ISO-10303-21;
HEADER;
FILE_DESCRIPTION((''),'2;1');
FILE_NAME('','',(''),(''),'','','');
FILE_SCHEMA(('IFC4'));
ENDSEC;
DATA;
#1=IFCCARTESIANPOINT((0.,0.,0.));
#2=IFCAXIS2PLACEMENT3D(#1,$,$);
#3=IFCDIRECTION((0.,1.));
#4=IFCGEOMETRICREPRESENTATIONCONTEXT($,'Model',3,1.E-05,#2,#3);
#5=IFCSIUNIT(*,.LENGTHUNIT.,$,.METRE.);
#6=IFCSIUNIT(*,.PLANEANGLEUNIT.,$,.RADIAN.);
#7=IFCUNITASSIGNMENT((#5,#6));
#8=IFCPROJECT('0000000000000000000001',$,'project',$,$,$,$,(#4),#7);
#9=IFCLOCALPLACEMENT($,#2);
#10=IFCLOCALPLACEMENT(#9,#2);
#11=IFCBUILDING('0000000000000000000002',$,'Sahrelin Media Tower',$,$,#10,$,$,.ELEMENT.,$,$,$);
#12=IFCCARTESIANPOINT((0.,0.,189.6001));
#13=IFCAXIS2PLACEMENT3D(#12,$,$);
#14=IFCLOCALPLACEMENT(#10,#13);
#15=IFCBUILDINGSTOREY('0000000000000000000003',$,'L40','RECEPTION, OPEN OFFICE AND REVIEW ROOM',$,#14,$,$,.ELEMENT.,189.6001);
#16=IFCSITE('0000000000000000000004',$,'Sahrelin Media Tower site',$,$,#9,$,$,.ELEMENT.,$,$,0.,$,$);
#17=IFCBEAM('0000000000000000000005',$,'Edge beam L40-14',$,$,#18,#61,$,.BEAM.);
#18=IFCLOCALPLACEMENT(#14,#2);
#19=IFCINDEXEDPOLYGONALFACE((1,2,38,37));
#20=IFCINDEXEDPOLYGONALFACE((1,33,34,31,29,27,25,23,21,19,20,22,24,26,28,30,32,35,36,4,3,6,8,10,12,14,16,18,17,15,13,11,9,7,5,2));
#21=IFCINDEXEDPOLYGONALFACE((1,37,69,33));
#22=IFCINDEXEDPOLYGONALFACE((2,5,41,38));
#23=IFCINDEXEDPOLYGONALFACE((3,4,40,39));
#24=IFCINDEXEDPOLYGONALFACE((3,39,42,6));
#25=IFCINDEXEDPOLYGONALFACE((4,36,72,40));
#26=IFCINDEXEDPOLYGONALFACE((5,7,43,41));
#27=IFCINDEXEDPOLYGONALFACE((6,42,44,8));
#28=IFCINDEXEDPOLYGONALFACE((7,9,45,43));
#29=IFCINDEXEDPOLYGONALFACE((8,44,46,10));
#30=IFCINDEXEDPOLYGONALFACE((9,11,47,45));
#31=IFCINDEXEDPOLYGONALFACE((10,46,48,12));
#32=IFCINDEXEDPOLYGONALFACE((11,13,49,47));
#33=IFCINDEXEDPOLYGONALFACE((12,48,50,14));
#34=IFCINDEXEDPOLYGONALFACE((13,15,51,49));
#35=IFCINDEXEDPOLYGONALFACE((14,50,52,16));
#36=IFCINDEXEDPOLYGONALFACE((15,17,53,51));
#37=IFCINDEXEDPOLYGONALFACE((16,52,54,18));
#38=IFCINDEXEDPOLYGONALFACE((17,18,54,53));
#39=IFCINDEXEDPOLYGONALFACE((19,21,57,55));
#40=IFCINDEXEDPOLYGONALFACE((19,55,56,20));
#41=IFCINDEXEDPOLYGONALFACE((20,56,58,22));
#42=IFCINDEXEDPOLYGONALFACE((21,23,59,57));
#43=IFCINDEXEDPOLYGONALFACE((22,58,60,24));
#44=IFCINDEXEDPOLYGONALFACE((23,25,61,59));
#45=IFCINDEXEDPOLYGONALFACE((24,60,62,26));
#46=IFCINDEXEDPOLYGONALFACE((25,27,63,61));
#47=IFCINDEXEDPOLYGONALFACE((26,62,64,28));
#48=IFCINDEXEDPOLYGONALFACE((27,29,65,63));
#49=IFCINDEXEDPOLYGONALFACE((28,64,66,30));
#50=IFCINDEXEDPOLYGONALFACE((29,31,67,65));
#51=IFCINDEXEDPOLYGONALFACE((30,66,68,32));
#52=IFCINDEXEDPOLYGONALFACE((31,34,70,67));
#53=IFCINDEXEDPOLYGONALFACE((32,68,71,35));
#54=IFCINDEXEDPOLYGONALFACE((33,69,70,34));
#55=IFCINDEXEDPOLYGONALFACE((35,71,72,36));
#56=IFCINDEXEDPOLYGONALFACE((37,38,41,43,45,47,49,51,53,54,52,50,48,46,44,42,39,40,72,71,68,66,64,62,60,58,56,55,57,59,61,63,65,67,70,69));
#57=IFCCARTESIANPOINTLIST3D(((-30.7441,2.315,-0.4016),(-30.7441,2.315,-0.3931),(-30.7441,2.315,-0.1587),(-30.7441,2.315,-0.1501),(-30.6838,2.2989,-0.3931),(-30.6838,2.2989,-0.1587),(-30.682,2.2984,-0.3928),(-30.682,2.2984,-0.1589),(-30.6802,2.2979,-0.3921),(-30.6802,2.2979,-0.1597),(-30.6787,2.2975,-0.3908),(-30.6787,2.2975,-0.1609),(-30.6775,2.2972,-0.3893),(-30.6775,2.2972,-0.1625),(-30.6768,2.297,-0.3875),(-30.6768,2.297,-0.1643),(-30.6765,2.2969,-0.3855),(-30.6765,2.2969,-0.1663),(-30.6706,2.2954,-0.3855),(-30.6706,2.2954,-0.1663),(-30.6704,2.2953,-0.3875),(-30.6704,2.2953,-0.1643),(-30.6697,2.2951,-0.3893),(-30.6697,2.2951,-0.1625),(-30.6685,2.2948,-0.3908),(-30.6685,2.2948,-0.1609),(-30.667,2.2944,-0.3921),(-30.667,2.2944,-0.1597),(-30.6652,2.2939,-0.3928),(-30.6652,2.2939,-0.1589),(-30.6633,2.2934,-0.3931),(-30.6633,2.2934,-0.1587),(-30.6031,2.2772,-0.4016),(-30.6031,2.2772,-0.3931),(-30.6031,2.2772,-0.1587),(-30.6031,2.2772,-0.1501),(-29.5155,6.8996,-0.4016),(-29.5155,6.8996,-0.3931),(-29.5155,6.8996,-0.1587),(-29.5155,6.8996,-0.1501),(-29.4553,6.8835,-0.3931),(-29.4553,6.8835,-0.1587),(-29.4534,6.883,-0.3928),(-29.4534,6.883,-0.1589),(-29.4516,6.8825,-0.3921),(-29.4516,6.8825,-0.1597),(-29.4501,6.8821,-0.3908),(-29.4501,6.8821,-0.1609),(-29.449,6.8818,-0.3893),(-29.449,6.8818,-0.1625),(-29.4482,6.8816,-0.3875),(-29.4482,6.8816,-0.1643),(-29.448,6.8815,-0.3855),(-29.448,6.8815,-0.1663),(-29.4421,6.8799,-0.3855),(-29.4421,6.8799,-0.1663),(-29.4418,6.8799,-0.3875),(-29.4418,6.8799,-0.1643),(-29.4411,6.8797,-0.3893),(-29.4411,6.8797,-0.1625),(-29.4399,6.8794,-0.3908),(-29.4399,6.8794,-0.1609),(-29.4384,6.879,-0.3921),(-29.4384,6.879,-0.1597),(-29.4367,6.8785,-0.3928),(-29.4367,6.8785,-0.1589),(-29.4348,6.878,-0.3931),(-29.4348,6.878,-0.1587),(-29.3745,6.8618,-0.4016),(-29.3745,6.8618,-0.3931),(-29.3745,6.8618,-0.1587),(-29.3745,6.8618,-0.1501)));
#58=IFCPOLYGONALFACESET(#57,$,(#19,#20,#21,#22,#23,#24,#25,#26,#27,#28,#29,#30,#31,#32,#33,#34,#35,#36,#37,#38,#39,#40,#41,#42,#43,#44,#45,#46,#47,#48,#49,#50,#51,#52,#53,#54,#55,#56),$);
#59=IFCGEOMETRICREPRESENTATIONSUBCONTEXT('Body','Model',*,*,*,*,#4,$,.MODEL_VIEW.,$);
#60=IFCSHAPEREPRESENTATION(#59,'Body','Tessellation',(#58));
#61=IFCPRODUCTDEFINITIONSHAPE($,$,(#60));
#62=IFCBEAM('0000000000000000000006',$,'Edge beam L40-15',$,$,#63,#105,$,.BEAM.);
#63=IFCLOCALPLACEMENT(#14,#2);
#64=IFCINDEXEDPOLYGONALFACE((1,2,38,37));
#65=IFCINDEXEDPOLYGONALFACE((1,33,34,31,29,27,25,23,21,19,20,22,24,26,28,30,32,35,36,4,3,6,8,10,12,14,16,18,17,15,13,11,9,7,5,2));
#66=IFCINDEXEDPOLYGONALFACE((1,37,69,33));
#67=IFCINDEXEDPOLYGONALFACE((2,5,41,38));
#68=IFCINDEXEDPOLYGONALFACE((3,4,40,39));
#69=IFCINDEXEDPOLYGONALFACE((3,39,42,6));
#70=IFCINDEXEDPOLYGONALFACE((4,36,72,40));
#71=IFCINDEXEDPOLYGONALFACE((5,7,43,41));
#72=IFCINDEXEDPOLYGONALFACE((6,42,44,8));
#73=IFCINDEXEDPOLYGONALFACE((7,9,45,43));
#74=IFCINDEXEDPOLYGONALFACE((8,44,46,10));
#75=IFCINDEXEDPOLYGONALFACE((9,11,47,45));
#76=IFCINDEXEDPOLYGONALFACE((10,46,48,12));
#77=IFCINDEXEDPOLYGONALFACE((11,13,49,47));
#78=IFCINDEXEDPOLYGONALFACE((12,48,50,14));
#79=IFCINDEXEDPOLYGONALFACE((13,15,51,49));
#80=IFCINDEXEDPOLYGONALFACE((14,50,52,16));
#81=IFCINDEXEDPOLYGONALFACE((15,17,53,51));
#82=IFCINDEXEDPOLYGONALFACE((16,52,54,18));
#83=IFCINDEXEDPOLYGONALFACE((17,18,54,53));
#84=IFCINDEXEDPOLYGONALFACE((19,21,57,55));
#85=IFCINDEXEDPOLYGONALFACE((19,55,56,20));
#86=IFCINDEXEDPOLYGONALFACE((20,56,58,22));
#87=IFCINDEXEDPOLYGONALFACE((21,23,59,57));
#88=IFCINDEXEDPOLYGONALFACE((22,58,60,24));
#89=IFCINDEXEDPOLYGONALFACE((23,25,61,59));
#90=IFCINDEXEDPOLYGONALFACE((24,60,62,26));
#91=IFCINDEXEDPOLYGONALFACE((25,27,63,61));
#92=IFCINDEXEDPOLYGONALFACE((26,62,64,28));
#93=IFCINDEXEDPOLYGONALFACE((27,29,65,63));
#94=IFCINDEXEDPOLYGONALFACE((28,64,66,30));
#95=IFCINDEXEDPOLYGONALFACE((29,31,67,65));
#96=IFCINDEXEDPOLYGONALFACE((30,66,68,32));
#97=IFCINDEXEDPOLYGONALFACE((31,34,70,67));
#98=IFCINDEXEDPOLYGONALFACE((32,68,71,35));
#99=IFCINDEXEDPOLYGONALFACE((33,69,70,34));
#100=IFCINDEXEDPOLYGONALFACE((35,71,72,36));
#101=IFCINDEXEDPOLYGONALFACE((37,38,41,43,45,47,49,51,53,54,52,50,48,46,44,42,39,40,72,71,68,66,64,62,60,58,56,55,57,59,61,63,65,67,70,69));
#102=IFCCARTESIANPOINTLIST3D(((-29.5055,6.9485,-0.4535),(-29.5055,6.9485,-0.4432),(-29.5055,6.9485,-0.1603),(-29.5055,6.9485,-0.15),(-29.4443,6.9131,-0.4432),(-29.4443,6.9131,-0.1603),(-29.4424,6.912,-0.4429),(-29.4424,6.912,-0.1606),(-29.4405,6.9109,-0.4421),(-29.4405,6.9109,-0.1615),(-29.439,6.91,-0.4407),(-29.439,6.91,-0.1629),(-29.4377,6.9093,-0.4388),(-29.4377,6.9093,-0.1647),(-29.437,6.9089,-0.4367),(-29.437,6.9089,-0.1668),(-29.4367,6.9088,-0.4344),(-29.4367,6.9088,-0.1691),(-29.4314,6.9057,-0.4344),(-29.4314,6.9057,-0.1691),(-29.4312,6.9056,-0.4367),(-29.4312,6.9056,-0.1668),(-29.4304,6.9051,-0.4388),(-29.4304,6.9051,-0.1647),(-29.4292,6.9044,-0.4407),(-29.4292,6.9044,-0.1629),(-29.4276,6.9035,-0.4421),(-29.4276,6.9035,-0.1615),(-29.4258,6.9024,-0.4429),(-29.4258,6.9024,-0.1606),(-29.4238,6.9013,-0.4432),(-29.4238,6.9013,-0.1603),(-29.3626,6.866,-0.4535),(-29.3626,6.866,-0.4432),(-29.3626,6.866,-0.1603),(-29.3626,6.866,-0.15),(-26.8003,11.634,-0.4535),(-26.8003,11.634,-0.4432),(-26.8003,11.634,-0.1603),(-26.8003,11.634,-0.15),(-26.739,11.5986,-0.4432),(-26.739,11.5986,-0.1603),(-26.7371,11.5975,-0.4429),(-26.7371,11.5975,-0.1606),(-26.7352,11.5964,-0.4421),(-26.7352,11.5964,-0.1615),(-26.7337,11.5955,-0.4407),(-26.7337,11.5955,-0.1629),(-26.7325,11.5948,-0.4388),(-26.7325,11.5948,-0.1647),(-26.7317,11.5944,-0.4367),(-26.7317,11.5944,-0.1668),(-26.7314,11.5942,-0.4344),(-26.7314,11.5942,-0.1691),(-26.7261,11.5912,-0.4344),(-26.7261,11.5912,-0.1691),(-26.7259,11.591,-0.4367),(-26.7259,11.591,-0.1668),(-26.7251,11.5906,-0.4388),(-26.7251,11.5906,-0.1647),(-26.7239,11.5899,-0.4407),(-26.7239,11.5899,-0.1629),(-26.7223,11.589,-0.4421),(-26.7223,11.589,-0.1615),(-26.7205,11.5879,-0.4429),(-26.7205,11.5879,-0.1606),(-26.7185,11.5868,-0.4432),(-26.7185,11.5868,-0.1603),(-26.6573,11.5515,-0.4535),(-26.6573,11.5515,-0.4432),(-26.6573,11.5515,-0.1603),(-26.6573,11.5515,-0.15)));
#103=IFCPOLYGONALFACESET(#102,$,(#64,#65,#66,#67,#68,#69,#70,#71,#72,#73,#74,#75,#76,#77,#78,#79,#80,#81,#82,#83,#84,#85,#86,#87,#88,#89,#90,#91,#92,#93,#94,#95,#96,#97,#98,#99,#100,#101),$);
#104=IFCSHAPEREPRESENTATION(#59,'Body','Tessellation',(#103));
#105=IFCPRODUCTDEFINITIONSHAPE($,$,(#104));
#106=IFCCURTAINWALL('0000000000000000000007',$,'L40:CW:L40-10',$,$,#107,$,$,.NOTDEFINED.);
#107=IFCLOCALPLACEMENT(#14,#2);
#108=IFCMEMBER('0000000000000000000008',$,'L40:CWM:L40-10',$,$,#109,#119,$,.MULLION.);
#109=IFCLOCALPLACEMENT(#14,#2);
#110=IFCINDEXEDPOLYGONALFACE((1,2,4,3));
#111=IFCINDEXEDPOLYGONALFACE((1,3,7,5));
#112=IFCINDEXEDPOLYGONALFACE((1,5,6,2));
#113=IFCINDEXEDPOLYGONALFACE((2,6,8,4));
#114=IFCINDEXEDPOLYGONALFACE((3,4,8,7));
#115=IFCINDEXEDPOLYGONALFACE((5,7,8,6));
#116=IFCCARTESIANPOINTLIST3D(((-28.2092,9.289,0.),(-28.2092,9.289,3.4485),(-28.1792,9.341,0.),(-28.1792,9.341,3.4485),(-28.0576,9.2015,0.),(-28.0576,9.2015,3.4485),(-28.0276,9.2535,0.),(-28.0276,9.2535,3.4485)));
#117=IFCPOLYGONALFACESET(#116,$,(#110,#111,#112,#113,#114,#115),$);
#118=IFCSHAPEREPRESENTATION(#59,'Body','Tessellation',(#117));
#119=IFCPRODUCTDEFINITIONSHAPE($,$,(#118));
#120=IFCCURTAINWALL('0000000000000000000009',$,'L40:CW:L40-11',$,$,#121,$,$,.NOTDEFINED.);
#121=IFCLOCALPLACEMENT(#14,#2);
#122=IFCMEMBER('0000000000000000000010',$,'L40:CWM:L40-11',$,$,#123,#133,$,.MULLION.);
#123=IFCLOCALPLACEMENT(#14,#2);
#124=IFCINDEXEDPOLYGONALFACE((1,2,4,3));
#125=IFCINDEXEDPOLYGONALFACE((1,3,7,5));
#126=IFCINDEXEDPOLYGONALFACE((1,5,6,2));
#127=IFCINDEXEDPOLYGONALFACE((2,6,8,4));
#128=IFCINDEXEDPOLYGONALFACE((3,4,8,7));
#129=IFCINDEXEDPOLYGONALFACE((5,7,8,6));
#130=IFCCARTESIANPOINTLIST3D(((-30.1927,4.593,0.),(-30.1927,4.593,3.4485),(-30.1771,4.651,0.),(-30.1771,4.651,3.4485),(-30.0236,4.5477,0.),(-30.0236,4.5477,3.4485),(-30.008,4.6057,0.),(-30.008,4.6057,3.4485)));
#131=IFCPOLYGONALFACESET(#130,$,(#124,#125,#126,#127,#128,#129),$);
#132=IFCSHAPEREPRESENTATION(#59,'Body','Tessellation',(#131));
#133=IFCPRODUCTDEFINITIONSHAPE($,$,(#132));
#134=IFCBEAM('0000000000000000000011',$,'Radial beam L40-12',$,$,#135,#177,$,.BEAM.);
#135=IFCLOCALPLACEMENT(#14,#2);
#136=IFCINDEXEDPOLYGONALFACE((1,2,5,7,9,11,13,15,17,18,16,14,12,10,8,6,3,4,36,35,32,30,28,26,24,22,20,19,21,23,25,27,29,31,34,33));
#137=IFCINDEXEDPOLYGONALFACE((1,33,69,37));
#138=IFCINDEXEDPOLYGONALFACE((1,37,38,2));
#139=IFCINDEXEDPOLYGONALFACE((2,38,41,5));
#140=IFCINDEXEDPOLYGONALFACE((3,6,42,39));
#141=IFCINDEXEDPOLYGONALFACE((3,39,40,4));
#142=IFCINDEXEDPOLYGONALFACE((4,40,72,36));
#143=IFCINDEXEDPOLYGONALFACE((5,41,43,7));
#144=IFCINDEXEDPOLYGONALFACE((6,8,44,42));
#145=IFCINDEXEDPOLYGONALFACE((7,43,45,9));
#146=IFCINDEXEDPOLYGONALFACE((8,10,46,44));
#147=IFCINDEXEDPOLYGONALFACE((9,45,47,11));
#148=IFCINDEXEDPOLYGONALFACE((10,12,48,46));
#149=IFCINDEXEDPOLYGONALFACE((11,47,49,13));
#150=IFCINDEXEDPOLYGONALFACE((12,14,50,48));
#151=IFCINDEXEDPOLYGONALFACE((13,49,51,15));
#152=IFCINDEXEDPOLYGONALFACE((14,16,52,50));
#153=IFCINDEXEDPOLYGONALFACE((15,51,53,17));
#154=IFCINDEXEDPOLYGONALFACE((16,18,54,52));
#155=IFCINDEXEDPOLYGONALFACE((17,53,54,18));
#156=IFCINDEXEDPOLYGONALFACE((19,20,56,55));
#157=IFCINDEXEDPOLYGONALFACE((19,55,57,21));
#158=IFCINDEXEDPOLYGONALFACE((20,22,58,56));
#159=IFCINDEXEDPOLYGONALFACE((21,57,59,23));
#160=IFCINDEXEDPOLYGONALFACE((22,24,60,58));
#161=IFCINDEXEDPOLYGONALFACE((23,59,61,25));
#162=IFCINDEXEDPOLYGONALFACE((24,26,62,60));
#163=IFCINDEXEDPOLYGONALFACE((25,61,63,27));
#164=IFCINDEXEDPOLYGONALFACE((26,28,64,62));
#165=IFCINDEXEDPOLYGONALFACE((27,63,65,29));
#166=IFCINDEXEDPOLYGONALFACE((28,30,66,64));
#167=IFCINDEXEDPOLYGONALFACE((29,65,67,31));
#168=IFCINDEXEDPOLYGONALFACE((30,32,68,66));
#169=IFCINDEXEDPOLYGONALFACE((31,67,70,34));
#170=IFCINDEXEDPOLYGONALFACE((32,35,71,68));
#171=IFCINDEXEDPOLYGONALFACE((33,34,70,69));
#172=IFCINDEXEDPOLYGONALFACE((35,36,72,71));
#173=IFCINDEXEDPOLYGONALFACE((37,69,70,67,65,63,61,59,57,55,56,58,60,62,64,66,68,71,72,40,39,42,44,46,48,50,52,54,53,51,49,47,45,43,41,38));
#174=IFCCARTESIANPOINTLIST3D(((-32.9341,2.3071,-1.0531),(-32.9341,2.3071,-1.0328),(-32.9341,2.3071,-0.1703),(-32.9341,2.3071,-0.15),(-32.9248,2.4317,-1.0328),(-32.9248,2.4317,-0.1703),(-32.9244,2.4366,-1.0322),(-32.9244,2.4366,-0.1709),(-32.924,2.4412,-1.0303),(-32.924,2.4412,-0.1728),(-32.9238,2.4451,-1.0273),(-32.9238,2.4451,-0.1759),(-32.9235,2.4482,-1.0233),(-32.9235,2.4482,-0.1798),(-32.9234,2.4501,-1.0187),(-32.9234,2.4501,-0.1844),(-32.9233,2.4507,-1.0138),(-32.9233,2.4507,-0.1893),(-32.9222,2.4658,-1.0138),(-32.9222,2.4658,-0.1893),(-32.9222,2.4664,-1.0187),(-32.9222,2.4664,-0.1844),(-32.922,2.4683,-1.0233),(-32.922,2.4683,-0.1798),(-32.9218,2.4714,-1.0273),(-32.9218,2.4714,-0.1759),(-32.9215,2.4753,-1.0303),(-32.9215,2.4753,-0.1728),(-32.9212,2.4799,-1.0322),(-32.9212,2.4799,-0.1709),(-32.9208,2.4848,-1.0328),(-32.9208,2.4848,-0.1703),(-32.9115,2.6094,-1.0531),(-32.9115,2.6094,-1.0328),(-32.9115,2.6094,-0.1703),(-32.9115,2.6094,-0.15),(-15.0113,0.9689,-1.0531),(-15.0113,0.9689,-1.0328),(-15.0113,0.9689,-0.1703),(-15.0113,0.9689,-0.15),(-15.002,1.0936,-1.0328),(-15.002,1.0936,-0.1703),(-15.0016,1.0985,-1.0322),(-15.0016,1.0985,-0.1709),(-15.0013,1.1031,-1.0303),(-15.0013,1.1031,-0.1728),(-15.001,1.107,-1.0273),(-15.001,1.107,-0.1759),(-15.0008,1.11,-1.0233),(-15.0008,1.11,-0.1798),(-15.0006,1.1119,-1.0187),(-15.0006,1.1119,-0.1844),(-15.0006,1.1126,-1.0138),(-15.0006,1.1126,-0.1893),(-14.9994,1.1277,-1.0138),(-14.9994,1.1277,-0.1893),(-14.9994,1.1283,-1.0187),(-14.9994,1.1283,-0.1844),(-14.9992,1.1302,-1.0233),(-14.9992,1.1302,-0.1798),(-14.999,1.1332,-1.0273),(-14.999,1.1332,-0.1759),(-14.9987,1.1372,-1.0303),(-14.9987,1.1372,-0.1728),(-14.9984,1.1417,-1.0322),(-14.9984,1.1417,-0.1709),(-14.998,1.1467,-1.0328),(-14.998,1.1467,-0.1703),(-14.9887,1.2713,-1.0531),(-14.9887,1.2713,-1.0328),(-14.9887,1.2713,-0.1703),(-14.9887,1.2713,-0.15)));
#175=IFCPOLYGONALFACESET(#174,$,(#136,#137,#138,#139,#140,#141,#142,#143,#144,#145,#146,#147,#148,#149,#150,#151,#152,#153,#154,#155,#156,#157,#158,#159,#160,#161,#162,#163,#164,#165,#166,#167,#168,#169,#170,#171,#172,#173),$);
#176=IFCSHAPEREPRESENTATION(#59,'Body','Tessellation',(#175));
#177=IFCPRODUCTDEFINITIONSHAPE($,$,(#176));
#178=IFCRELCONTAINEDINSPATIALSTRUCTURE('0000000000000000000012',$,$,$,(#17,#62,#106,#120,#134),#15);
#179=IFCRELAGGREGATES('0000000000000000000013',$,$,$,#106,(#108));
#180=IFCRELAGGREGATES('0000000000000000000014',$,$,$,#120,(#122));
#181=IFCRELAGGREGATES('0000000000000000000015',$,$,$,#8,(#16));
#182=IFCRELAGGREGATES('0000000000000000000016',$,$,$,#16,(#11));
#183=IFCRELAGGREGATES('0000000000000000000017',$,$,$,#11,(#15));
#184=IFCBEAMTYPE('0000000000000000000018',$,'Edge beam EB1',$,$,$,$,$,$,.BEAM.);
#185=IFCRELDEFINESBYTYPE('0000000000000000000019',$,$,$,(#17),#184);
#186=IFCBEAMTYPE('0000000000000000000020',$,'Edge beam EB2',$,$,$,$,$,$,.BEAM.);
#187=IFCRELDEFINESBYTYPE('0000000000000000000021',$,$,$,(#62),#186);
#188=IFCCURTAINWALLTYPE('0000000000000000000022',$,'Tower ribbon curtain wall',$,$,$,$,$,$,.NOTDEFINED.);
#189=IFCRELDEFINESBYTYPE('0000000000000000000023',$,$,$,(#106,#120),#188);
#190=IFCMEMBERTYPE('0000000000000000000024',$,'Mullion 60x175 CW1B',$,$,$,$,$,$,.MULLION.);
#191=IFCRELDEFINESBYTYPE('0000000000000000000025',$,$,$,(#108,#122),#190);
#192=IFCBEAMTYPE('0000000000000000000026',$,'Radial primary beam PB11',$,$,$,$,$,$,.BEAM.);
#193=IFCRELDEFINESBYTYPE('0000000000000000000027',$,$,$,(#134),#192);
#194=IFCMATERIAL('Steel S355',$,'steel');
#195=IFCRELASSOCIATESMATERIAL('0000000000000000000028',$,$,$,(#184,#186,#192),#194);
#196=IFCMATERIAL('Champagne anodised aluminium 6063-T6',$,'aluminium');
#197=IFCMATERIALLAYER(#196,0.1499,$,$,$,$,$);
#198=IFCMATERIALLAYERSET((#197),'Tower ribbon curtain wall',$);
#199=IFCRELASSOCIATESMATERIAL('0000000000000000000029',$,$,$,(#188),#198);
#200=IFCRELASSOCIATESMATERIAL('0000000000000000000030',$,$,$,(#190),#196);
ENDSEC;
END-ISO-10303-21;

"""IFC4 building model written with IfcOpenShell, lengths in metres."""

from ifc_helpers import new_model, si_unit, direction, frame, origin, origin_2d, place, context, subcontext, project, spatial, rectangle, i_section, extrude, material, layer, layer_set, material_profile, profile_set, type_object, element, aggregate, save


model = new_model("IFC4")

# Units and contexts
model_context = context("Model", 3, precision=1e-05, world=origin(), true_north=direction((0.0, 1.0)))
body_context = subcontext(model_context, "Body", "Model", "MODEL_VIEW")
ifc_project = project(units=[si_unit("LENGTHUNIT", "METRE"), si_unit("PLANEANGLEUNIT", "RADIAN")], contexts=[model_context])

# Site, building, storey
site_placement = place(None, origin())
site = spatial("IfcSite", under=ifc_project, at=site_placement, Name="Sahrelin Media Tower site", CompositionType="ELEMENT", RefElevation=0.0)
building_placement = place(site_placement, origin())
building = spatial("IfcBuilding", under=site, at=building_placement, Name="Sahrelin Media Tower", CompositionType="ELEMENT")
storey_placement = place(building_placement, frame((0.0, 0.0, 189.6001)))
storey = spatial("IfcBuildingStorey", under=building, at=storey_placement, Name="L40", Description="RECEPTION, OPEN OFFICE AND REVIEW ROOM", CompositionType="ELEMENT", Elevation=189.6001)

# Beams
ifc_material_1 = material(Name="Steel S355", Category="steel")
ifc_material_profile_1 = material_profile(ifc_material_1, i_section(OverallWidth=0.146, OverallDepth=0.2515, WebThickness=0.0061, FlangeThickness=0.0085, FilletRadius=0.0076, at=origin_2d()), Name="UB 254x146x31")
ifc_profile_set_1 = profile_set([ifc_material_profile_1], Name="Steel S355")
beam_type_1 = type_object("IfcBeamType", Name="Edge beam EB1", PredefinedType="BEAM", material=ifc_profile_set_1)
beam_1_placement = place(storey_placement, frame((-30.6736, 2.2961, -0.2759), z_axis=(0.258841, 0.96592, 0.0), x_axis=(-0.96592, 0.258841, 0.0)))
element("IfcBeam", 1, at=beam_1_placement, inside=storey, type_object=beam_type_1, Name="Edge beam L40-14", PredefinedType="BEAM", context=body_context, shape_type="SweptSolid", body=[
    extrude(i_section(OverallWidth=0.146, OverallDepth=0.2515, WebThickness=0.0061, FlangeThickness=0.0085, FilletRadius=0.0076, at=origin_2d()), origin(), (0.0, 0.0, 1.0), 4.7463),
])
ifc_material_profile_2 = material_profile(ifc_material_1, i_section(OverallWidth=0.165, OverallDepth=0.3035, WebThickness=0.0061, FlangeThickness=0.0103, FilletRadius=0.0088, at=origin_2d()), Name="UB 305x165x40")
ifc_profile_set_2 = profile_set([ifc_material_profile_2], Name="Steel S355")
beam_type_2 = type_object("IfcBeamType", Name="Edge beam EB2", PredefinedType="BEAM", material=ifc_profile_set_2)
beam_2_placement = place(storey_placement, frame((-29.4341, 6.9072, -0.3018), z_axis=(0.500017, 0.866016, 0.0), x_axis=(-0.866016, 0.500017, 0.0)))
element("IfcBeam", 2, at=beam_2_placement, inside=storey, type_object=beam_type_2, Name="Edge beam L40-15", PredefinedType="BEAM", context=body_context, shape_type="SweptSolid", body=[
    extrude(i_section(OverallWidth=0.165, OverallDepth=0.3035, WebThickness=0.0061, FlangeThickness=0.0103, FilletRadius=0.0088, at=origin_2d()), origin(), (0.0, 0.0, 1.0), 5.4104),
])

# Curtain walls, members
ifc_material_2 = material(Name="Champagne anodised aluminium 6063-T6", Category="aluminium")
ifc_layer_1 = layer(ifc_material_2, 0.1499)
ifc_layer_set_1 = layer_set([ifc_layer_1], Name="Tower ribbon curtain wall")
curtain_wall_type = type_object("IfcCurtainWallType", Name="Tower ribbon curtain wall", PredefinedType="NOTDEFINED", material=ifc_layer_set_1)
curtain_wall_1_placement = place(storey_placement, frame((-28.2114, 9.325, 0.0), z_axis=(0.0, 0.0, 1.0), x_axis=(1.0, 0.0, 0.0)))
curtain_wall_1 = element("IfcCurtainWall", 3, at=curtain_wall_1_placement, inside=storey, type_object=curtain_wall_type, Name="L40:CW:L40-10", PredefinedType="NOTDEFINED")
ifc_material_profile_3 = material_profile(ifc_material_2, rectangle(XDim=0.0601, YDim=0.175, at=origin_2d()), Name="Mullion 60x175")
ifc_profile_set_3 = profile_set([ifc_material_profile_3], Name="Champagne anodised aluminium 6063-T6")
member_type_1 = type_object("IfcMemberType", Name="Mullion 60x175 CW1B", PredefinedType="MULLION", material=ifc_profile_set_3)
member_1_placement = place(storey_placement, frame((-28.1184, 9.2712, 0.0), z_axis=(0.0, 0.0, 1.0), x_axis=(-0.499997, -0.866027, 0.0)))
member_1 = element("IfcMember", 4, at=member_1_placement, type_object=member_type_1, Name="L40:CWM:L40-10", PredefinedType="MULLION", context=body_context, shape_type="SweptSolid", body=[
    extrude(rectangle(XDim=0.0601, YDim=0.175, at=origin_2d()), origin(), (0.0, 0.0, 1.0), 3.4485),
])
aggregate(curtain_wall_1, [member_1])
curtain_wall_2_placement = place(storey_placement, frame((-30.2041, 4.6272, 0.0), z_axis=(0.0, 0.0, 1.0), x_axis=(1.0, 0.0, 0.0)))
curtain_wall_2 = element("IfcCurtainWall", 5, at=curtain_wall_2_placement, inside=storey, type_object=curtain_wall_type, Name="L40:CW:L40-11", PredefinedType="NOTDEFINED")
member_2_placement = place(storey_placement, frame((-30.1003, 4.5994, 0.0), z_axis=(0.0, 0.0, 1.0), x_axis=(-0.258829, -0.965923, 0.0)))
member_2 = element("IfcMember", 6, at=member_2_placement, type_object=member_type_1, Name="L40:CWM:L40-11", PredefinedType="MULLION", context=body_context, shape_type="SweptSolid", body=[
    extrude(rectangle(XDim=0.0601, YDim=0.175, at=origin_2d()), origin(), (0.0, 0.0, 1.0), 3.4485),
])

# Beam
ifc_material_profile_4 = material_profile(ifc_material_1, i_section(OverallWidth=0.3032, OverallDepth=0.9031, WebThickness=0.0151, FlangeThickness=0.0203, FilletRadius=0.019, at=origin_2d()), Name="UB 914x305x201")
ifc_profile_set_4 = profile_set([ifc_material_profile_4], Name="Steel S355")
beam_type_3 = type_object("IfcBeamType", Name="Radial primary beam PB11", PredefinedType="BEAM", material=ifc_profile_set_4)
beam_3_placement = place(storey_placement, frame((-15.0, 1.1201, -0.6016), z_axis=(-0.997224, 0.074454, 0.0), x_axis=(-0.074454, -0.997224, 0.0)))
element("IfcBeam", 7, at=beam_3_placement, inside=storey, type_object=beam_type_3, Name="Radial beam L40-12", PredefinedType="BEAM", context=body_context, shape_type="SweptSolid", body=[
    extrude(i_section(OverallWidth=0.3032, OverallDepth=0.9031, WebThickness=0.0151, FlangeThickness=0.0203, FilletRadius=0.019, at=origin_2d()), origin(), (0.0, 0.0, 1.0), 17.9727),
])

aggregate(curtain_wall_2, [member_2])

save(model, "model.ifc")
